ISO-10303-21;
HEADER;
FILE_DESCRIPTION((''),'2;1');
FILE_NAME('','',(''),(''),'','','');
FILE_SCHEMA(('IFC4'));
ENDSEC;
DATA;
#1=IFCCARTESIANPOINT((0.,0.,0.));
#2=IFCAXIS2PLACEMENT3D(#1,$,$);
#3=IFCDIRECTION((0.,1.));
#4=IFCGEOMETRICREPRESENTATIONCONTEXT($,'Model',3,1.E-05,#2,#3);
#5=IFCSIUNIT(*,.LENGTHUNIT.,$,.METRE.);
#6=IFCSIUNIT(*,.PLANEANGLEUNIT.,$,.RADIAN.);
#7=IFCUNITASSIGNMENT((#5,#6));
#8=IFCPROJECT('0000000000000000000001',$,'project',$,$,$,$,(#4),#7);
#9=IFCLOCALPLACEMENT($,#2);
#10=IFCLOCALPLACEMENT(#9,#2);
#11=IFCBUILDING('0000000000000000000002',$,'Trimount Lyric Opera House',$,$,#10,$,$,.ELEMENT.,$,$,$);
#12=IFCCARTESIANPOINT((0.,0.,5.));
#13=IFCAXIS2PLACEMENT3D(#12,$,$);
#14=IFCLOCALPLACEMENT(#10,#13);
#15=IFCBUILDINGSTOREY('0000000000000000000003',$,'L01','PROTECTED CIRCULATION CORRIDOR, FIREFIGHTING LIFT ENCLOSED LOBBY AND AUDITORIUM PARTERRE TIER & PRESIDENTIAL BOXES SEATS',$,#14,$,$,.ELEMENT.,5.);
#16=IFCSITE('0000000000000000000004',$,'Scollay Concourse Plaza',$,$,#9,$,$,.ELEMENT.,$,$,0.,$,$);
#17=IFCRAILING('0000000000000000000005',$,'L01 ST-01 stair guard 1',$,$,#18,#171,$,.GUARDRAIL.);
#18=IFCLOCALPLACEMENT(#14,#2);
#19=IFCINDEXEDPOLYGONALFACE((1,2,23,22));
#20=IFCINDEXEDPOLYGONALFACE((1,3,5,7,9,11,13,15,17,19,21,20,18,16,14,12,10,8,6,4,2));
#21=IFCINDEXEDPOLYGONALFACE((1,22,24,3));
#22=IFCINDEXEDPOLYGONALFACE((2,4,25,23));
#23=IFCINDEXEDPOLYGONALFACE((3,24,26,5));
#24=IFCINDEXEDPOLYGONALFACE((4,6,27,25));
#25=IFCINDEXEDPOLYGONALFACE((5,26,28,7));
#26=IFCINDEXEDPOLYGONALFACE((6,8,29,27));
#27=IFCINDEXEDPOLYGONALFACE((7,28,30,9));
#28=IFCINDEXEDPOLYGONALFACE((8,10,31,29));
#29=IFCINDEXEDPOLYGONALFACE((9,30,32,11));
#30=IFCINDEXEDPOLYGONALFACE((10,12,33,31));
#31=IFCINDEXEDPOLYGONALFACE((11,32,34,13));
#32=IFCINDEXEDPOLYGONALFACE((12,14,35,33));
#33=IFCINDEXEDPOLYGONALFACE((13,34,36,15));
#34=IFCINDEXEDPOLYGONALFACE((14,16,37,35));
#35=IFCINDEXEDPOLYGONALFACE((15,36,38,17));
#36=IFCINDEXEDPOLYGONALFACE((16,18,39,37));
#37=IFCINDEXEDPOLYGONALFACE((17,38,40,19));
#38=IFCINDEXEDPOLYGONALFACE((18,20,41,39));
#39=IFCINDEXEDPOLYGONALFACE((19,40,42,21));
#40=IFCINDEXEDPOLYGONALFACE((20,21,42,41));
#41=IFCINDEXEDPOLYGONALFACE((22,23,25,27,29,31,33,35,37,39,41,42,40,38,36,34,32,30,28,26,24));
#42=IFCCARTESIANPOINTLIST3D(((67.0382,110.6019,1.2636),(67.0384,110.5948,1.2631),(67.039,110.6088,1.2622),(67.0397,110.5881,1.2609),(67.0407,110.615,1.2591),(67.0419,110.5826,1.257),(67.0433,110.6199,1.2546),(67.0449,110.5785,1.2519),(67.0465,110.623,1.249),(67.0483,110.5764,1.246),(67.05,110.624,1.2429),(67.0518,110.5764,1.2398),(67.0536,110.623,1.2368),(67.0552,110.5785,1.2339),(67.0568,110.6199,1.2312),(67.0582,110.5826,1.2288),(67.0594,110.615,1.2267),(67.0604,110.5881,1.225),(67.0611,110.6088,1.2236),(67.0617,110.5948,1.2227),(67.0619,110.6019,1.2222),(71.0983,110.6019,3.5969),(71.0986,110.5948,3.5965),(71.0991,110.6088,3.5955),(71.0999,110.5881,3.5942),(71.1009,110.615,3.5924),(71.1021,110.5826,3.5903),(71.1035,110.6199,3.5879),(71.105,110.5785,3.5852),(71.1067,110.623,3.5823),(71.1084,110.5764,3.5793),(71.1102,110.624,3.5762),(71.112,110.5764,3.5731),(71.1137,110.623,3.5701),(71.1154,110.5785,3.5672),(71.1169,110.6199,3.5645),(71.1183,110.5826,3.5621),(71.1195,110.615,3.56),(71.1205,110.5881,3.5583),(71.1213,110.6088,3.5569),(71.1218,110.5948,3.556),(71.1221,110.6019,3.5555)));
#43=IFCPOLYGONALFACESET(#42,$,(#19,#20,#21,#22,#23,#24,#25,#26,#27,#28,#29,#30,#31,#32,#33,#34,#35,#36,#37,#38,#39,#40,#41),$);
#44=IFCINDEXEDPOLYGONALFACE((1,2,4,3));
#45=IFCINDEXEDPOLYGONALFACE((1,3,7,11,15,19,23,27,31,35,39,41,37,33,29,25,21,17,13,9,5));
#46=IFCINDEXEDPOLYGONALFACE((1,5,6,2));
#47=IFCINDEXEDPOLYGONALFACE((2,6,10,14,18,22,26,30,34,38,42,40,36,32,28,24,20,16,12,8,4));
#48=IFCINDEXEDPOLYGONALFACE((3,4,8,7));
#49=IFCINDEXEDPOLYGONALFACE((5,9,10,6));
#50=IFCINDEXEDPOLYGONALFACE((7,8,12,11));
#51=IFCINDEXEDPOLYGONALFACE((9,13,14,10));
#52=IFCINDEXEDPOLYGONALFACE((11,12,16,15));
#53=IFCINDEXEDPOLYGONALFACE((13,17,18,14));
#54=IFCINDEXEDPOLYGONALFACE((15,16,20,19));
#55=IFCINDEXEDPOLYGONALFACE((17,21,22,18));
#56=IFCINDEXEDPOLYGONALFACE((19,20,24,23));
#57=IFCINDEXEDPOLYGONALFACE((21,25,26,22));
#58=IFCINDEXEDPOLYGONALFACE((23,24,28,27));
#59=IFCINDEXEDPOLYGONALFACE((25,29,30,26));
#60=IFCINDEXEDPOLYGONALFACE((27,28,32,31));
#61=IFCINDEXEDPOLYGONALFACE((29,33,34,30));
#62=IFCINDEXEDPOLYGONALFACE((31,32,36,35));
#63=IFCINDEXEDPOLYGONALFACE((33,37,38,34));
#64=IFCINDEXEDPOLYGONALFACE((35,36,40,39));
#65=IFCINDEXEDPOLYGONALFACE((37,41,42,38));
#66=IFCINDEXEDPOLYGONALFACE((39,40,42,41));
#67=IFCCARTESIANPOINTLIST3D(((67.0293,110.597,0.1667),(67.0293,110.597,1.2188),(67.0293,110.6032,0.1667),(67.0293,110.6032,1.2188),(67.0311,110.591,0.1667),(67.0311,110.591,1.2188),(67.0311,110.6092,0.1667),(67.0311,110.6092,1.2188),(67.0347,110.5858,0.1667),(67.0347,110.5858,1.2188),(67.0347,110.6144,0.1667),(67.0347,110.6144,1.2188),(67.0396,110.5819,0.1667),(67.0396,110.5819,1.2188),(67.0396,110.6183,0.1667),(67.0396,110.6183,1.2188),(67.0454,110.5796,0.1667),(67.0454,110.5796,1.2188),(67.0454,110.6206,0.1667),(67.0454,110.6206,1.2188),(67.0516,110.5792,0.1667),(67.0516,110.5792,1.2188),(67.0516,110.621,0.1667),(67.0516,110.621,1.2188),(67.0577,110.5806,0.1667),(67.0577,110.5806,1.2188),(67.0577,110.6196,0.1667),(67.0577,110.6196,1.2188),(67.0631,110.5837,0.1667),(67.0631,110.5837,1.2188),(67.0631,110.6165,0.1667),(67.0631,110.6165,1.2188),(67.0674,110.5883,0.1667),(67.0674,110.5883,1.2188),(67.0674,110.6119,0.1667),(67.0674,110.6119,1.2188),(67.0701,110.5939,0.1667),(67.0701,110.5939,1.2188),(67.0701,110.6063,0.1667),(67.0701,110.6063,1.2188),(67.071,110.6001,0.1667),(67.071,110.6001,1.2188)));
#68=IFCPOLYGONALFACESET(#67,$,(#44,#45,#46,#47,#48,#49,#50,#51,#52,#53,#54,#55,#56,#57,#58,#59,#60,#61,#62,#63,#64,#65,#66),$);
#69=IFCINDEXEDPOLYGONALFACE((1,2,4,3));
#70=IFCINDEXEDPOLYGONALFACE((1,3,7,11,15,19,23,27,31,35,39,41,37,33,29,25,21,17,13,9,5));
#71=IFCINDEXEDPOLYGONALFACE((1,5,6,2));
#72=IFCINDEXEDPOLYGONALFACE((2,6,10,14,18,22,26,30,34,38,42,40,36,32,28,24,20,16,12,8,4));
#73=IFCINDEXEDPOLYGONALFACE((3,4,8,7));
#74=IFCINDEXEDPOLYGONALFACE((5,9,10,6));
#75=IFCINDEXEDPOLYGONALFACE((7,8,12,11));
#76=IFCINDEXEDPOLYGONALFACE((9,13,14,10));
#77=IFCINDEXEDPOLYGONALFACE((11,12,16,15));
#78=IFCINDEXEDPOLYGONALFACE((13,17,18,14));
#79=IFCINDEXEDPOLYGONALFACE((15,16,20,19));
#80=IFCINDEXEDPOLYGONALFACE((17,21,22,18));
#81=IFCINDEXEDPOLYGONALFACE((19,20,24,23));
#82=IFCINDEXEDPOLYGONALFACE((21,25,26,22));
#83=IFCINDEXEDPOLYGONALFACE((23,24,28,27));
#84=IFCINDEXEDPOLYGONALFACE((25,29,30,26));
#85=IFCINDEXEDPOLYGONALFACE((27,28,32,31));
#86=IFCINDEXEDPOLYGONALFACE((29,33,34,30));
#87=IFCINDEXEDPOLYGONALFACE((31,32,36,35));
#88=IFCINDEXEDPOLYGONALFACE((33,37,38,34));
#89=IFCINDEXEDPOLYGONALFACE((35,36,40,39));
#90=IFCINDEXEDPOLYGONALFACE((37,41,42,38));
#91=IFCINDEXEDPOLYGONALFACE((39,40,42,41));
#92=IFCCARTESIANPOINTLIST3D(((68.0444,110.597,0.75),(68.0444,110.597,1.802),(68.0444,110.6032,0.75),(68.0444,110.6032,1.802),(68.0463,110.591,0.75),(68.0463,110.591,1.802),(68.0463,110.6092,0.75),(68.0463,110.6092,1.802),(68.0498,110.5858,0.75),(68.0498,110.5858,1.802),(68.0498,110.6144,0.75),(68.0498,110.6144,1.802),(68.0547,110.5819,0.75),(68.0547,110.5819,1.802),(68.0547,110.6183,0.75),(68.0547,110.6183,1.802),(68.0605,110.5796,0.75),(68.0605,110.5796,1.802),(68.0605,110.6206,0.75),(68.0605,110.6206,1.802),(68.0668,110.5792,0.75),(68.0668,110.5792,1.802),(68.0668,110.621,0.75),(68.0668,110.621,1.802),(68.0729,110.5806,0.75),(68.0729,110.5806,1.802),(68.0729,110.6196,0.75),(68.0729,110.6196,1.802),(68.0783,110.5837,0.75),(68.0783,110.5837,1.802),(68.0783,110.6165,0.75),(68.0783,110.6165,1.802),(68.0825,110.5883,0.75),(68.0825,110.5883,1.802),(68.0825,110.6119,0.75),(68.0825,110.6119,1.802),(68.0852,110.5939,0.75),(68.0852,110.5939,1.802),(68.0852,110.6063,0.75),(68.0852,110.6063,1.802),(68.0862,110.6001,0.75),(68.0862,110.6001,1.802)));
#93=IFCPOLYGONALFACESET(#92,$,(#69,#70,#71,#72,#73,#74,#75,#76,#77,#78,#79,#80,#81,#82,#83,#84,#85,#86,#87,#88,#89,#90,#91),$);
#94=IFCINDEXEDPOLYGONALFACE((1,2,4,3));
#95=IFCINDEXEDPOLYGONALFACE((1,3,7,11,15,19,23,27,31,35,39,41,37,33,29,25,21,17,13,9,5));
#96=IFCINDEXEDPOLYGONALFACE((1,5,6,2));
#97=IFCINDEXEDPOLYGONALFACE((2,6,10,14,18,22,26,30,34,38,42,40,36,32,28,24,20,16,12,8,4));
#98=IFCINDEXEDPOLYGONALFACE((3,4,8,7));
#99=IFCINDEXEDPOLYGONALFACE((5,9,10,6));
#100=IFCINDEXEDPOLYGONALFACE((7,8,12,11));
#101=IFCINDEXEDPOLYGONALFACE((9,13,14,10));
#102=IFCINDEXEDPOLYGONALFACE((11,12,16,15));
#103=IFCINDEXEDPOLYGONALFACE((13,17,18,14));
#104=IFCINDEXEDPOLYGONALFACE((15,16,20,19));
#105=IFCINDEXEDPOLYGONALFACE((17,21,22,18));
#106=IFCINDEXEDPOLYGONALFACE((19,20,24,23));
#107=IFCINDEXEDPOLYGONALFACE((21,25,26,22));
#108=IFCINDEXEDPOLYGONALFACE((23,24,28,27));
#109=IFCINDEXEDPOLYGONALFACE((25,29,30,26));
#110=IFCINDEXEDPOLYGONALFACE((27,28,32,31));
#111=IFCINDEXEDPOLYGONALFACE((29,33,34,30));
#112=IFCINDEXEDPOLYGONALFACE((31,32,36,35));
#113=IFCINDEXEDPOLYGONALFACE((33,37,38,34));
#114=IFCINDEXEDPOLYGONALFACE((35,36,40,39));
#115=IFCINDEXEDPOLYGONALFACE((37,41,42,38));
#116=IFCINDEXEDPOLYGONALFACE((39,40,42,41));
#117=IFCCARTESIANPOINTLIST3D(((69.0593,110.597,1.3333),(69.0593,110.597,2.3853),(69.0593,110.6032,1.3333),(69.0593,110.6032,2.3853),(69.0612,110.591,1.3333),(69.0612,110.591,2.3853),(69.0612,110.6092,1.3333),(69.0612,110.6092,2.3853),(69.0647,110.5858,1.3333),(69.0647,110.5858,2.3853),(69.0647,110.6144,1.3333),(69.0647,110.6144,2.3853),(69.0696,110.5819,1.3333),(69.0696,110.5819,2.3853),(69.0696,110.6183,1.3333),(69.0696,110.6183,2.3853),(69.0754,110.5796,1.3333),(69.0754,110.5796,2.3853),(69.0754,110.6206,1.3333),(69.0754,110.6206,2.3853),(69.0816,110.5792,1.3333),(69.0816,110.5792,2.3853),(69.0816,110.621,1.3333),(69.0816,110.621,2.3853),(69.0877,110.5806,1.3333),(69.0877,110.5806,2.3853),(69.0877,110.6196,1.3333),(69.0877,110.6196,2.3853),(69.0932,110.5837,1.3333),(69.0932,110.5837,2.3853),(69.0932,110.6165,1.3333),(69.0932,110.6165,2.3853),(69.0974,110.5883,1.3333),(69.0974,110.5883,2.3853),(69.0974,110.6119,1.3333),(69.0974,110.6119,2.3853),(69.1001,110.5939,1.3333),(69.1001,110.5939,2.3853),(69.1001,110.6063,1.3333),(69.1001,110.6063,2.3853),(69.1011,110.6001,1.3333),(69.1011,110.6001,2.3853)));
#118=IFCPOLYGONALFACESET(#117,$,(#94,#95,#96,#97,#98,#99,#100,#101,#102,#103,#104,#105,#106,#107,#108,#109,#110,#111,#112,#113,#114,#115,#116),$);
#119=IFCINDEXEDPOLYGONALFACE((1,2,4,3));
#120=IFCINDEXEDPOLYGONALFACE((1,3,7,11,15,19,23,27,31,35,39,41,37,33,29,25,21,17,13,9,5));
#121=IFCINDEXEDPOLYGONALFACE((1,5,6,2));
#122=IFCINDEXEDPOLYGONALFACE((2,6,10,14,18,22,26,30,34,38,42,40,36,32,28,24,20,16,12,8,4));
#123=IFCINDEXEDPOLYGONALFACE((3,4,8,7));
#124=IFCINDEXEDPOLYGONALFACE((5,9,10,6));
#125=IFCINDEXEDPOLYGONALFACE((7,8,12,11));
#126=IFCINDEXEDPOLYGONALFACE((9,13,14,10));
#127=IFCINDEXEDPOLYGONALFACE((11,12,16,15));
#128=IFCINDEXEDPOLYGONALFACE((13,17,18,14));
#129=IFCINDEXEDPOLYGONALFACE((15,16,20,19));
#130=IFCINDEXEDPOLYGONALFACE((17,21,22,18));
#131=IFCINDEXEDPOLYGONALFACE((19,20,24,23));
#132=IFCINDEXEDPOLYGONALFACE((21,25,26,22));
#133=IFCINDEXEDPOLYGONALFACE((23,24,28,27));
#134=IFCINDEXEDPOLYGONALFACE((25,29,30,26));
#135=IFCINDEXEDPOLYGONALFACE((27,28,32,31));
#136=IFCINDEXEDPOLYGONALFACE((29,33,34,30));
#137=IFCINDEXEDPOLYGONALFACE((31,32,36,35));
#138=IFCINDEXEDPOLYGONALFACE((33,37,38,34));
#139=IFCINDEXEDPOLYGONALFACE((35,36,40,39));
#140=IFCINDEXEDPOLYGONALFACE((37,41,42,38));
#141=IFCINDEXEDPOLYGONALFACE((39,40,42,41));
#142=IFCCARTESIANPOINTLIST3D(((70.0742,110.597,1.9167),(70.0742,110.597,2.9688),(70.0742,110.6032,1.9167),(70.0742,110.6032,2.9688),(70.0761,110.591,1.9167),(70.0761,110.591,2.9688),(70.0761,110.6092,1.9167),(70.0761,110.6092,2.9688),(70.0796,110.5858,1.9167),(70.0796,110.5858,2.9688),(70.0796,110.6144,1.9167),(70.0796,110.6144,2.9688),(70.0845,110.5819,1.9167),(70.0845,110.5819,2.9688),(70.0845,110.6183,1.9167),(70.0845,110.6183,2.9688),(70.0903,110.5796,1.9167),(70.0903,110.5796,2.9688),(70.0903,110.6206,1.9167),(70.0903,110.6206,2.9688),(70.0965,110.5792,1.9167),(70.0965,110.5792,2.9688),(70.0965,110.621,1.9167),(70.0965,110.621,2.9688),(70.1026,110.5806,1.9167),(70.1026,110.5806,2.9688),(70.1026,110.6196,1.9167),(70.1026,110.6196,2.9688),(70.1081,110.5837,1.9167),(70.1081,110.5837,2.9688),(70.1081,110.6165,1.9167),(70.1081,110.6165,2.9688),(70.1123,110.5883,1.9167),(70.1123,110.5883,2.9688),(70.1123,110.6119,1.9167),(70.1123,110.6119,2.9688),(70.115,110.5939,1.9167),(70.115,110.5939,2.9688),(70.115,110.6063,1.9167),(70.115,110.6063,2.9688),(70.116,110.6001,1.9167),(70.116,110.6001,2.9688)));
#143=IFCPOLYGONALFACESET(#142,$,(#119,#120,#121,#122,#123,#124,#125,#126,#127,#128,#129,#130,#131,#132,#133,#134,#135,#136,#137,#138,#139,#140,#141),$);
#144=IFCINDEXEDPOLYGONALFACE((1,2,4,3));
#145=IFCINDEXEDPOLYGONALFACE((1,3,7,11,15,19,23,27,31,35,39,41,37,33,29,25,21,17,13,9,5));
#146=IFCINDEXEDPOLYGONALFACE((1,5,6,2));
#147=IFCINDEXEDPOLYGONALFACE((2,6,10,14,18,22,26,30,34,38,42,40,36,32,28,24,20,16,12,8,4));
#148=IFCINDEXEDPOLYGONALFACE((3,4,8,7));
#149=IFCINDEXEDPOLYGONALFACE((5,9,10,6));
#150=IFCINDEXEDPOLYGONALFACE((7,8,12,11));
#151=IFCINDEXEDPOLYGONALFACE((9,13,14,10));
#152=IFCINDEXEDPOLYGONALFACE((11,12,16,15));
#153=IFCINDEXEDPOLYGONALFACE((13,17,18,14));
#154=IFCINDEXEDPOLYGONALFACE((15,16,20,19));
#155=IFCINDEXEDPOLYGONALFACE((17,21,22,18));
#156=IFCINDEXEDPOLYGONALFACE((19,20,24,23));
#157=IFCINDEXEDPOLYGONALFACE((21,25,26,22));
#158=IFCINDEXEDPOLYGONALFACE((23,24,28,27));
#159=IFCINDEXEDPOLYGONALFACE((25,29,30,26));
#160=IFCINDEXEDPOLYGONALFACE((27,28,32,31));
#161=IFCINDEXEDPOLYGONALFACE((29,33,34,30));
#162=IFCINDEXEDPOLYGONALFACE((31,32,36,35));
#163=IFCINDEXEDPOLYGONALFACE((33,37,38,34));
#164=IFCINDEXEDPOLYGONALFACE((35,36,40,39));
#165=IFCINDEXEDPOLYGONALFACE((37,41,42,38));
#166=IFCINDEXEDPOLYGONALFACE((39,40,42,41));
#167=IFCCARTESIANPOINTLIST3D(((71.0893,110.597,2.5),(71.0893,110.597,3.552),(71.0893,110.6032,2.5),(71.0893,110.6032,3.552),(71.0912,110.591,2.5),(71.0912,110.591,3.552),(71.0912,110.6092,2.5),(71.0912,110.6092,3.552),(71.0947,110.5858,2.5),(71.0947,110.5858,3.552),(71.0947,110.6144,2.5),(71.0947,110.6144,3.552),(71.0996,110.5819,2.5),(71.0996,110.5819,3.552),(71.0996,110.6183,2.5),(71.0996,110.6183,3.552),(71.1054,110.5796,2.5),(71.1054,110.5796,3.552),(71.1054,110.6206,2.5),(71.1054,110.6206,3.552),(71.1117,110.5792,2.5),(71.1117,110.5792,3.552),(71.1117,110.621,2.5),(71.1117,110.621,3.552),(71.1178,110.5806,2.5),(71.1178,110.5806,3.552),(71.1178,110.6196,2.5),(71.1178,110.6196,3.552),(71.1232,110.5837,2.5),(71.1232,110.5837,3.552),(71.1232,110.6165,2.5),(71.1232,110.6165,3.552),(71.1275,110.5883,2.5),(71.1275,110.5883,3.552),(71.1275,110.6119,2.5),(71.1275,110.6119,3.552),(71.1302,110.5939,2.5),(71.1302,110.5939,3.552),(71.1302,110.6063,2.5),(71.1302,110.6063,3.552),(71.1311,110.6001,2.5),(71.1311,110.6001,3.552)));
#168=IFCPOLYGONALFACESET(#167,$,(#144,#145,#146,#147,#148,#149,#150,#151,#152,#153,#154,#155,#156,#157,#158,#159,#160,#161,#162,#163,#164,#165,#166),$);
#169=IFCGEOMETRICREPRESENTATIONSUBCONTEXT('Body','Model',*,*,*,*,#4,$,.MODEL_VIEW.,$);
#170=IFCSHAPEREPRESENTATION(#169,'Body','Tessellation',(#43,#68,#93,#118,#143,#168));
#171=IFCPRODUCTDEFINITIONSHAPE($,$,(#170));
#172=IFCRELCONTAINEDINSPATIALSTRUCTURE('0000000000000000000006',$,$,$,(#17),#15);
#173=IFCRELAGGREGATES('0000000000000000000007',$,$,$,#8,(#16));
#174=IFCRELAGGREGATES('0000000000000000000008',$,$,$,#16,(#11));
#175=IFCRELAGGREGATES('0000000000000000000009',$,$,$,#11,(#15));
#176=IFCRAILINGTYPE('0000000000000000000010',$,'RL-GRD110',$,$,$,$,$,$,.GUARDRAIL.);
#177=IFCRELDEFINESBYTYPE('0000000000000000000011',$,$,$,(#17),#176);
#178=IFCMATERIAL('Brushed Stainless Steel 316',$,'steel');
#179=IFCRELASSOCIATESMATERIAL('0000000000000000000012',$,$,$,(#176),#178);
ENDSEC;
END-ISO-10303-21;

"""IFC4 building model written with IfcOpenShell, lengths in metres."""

from ifc_helpers import new_model, si_unit, direction, frame, origin, origin_2d, place, context, subcontext, project, spatial, circle, extrude, material, type_object, element, save


model = new_model("IFC4")

# Units and contexts
model_context = context("Model", 3, precision=1e-05, world=origin(), true_north=direction((0.0, 1.0)))
body_context = subcontext(model_context, "Body", "Model", "MODEL_VIEW")
ifc_project = project(units=[si_unit("LENGTHUNIT", "METRE"), si_unit("PLANEANGLEUNIT", "RADIAN")], contexts=[model_context])

# Site, building, storey
site_placement = place(None, origin())
site = spatial("IfcSite", under=ifc_project, at=site_placement, Name="Scollay Concourse Plaza", CompositionType="ELEMENT", RefElevation=0.0)
building_placement = place(site_placement, origin())
building = spatial("IfcBuilding", under=site, at=building_placement, Name="Trimount Lyric Opera House", CompositionType="ELEMENT")
storey_placement = place(building_placement, frame((0.0, 0.0, 5.0)))
storey = spatial("IfcBuildingStorey", under=building, at=storey_placement, Name="L01", Description="PROTECTED CIRCULATION CORRIDOR, FIREFIGHTING LIFT ENCLOSED LOBBY AND AUDITORIUM PARTERRE TIER & PRESIDENTIAL BOXES SEATS", CompositionType="ELEMENT", Elevation=5.0)

# Railing
ifc_material_1 = material(Name="Brushed Stainless Steel 316", Category="steel")
railing_type_1 = type_object("IfcRailingType", Name="RL-GRD110", PredefinedType="GUARDRAIL", material=ifc_material_1)
railing_1_placement = place(storey_placement, frame((67.05, 110.6001, 0.1667)))
element("IfcRailing", 1, at=railing_1_placement, inside=storey, type_object=railing_type_1, Name="L01 ST-01 stair guard 1", PredefinedType="GUARDRAIL", context=body_context, shape_type="SweptSolid", body=[
    extrude(circle(Radius=0.0239, at=origin_2d()), frame((0.0, 0.0, 1.0762), z_axis=(0.867025, 0.0, 0.498265), x_axis=(0.0, 1.0, 0.0)), (0.0, 0.0, 1.0), 4.6829),
    extrude(circle(Radius=0.021, at=origin_2d()), origin(), (0.0, 0.0, 1.0), 1.052),
    extrude(circle(Radius=0.021, at=origin_2d()), frame((1.0151, 0.0, 0.5833)), (0.0, 0.0, 1.0), 1.052),
    extrude(circle(Radius=0.021, at=origin_2d()), frame((2.03, 0.0, 1.1665)), (0.0, 0.0, 1.0), 1.052),
    extrude(circle(Radius=0.021, at=origin_2d()), frame((3.0449, 0.0, 1.75)), (0.0, 0.0, 1.0), 1.052),
    extrude(circle(Radius=0.021, at=origin_2d()), frame((4.0601, 0.0, 2.3333)), (0.0, 0.0, 1.0), 1.052),
])

save(model, "model.ifc")
